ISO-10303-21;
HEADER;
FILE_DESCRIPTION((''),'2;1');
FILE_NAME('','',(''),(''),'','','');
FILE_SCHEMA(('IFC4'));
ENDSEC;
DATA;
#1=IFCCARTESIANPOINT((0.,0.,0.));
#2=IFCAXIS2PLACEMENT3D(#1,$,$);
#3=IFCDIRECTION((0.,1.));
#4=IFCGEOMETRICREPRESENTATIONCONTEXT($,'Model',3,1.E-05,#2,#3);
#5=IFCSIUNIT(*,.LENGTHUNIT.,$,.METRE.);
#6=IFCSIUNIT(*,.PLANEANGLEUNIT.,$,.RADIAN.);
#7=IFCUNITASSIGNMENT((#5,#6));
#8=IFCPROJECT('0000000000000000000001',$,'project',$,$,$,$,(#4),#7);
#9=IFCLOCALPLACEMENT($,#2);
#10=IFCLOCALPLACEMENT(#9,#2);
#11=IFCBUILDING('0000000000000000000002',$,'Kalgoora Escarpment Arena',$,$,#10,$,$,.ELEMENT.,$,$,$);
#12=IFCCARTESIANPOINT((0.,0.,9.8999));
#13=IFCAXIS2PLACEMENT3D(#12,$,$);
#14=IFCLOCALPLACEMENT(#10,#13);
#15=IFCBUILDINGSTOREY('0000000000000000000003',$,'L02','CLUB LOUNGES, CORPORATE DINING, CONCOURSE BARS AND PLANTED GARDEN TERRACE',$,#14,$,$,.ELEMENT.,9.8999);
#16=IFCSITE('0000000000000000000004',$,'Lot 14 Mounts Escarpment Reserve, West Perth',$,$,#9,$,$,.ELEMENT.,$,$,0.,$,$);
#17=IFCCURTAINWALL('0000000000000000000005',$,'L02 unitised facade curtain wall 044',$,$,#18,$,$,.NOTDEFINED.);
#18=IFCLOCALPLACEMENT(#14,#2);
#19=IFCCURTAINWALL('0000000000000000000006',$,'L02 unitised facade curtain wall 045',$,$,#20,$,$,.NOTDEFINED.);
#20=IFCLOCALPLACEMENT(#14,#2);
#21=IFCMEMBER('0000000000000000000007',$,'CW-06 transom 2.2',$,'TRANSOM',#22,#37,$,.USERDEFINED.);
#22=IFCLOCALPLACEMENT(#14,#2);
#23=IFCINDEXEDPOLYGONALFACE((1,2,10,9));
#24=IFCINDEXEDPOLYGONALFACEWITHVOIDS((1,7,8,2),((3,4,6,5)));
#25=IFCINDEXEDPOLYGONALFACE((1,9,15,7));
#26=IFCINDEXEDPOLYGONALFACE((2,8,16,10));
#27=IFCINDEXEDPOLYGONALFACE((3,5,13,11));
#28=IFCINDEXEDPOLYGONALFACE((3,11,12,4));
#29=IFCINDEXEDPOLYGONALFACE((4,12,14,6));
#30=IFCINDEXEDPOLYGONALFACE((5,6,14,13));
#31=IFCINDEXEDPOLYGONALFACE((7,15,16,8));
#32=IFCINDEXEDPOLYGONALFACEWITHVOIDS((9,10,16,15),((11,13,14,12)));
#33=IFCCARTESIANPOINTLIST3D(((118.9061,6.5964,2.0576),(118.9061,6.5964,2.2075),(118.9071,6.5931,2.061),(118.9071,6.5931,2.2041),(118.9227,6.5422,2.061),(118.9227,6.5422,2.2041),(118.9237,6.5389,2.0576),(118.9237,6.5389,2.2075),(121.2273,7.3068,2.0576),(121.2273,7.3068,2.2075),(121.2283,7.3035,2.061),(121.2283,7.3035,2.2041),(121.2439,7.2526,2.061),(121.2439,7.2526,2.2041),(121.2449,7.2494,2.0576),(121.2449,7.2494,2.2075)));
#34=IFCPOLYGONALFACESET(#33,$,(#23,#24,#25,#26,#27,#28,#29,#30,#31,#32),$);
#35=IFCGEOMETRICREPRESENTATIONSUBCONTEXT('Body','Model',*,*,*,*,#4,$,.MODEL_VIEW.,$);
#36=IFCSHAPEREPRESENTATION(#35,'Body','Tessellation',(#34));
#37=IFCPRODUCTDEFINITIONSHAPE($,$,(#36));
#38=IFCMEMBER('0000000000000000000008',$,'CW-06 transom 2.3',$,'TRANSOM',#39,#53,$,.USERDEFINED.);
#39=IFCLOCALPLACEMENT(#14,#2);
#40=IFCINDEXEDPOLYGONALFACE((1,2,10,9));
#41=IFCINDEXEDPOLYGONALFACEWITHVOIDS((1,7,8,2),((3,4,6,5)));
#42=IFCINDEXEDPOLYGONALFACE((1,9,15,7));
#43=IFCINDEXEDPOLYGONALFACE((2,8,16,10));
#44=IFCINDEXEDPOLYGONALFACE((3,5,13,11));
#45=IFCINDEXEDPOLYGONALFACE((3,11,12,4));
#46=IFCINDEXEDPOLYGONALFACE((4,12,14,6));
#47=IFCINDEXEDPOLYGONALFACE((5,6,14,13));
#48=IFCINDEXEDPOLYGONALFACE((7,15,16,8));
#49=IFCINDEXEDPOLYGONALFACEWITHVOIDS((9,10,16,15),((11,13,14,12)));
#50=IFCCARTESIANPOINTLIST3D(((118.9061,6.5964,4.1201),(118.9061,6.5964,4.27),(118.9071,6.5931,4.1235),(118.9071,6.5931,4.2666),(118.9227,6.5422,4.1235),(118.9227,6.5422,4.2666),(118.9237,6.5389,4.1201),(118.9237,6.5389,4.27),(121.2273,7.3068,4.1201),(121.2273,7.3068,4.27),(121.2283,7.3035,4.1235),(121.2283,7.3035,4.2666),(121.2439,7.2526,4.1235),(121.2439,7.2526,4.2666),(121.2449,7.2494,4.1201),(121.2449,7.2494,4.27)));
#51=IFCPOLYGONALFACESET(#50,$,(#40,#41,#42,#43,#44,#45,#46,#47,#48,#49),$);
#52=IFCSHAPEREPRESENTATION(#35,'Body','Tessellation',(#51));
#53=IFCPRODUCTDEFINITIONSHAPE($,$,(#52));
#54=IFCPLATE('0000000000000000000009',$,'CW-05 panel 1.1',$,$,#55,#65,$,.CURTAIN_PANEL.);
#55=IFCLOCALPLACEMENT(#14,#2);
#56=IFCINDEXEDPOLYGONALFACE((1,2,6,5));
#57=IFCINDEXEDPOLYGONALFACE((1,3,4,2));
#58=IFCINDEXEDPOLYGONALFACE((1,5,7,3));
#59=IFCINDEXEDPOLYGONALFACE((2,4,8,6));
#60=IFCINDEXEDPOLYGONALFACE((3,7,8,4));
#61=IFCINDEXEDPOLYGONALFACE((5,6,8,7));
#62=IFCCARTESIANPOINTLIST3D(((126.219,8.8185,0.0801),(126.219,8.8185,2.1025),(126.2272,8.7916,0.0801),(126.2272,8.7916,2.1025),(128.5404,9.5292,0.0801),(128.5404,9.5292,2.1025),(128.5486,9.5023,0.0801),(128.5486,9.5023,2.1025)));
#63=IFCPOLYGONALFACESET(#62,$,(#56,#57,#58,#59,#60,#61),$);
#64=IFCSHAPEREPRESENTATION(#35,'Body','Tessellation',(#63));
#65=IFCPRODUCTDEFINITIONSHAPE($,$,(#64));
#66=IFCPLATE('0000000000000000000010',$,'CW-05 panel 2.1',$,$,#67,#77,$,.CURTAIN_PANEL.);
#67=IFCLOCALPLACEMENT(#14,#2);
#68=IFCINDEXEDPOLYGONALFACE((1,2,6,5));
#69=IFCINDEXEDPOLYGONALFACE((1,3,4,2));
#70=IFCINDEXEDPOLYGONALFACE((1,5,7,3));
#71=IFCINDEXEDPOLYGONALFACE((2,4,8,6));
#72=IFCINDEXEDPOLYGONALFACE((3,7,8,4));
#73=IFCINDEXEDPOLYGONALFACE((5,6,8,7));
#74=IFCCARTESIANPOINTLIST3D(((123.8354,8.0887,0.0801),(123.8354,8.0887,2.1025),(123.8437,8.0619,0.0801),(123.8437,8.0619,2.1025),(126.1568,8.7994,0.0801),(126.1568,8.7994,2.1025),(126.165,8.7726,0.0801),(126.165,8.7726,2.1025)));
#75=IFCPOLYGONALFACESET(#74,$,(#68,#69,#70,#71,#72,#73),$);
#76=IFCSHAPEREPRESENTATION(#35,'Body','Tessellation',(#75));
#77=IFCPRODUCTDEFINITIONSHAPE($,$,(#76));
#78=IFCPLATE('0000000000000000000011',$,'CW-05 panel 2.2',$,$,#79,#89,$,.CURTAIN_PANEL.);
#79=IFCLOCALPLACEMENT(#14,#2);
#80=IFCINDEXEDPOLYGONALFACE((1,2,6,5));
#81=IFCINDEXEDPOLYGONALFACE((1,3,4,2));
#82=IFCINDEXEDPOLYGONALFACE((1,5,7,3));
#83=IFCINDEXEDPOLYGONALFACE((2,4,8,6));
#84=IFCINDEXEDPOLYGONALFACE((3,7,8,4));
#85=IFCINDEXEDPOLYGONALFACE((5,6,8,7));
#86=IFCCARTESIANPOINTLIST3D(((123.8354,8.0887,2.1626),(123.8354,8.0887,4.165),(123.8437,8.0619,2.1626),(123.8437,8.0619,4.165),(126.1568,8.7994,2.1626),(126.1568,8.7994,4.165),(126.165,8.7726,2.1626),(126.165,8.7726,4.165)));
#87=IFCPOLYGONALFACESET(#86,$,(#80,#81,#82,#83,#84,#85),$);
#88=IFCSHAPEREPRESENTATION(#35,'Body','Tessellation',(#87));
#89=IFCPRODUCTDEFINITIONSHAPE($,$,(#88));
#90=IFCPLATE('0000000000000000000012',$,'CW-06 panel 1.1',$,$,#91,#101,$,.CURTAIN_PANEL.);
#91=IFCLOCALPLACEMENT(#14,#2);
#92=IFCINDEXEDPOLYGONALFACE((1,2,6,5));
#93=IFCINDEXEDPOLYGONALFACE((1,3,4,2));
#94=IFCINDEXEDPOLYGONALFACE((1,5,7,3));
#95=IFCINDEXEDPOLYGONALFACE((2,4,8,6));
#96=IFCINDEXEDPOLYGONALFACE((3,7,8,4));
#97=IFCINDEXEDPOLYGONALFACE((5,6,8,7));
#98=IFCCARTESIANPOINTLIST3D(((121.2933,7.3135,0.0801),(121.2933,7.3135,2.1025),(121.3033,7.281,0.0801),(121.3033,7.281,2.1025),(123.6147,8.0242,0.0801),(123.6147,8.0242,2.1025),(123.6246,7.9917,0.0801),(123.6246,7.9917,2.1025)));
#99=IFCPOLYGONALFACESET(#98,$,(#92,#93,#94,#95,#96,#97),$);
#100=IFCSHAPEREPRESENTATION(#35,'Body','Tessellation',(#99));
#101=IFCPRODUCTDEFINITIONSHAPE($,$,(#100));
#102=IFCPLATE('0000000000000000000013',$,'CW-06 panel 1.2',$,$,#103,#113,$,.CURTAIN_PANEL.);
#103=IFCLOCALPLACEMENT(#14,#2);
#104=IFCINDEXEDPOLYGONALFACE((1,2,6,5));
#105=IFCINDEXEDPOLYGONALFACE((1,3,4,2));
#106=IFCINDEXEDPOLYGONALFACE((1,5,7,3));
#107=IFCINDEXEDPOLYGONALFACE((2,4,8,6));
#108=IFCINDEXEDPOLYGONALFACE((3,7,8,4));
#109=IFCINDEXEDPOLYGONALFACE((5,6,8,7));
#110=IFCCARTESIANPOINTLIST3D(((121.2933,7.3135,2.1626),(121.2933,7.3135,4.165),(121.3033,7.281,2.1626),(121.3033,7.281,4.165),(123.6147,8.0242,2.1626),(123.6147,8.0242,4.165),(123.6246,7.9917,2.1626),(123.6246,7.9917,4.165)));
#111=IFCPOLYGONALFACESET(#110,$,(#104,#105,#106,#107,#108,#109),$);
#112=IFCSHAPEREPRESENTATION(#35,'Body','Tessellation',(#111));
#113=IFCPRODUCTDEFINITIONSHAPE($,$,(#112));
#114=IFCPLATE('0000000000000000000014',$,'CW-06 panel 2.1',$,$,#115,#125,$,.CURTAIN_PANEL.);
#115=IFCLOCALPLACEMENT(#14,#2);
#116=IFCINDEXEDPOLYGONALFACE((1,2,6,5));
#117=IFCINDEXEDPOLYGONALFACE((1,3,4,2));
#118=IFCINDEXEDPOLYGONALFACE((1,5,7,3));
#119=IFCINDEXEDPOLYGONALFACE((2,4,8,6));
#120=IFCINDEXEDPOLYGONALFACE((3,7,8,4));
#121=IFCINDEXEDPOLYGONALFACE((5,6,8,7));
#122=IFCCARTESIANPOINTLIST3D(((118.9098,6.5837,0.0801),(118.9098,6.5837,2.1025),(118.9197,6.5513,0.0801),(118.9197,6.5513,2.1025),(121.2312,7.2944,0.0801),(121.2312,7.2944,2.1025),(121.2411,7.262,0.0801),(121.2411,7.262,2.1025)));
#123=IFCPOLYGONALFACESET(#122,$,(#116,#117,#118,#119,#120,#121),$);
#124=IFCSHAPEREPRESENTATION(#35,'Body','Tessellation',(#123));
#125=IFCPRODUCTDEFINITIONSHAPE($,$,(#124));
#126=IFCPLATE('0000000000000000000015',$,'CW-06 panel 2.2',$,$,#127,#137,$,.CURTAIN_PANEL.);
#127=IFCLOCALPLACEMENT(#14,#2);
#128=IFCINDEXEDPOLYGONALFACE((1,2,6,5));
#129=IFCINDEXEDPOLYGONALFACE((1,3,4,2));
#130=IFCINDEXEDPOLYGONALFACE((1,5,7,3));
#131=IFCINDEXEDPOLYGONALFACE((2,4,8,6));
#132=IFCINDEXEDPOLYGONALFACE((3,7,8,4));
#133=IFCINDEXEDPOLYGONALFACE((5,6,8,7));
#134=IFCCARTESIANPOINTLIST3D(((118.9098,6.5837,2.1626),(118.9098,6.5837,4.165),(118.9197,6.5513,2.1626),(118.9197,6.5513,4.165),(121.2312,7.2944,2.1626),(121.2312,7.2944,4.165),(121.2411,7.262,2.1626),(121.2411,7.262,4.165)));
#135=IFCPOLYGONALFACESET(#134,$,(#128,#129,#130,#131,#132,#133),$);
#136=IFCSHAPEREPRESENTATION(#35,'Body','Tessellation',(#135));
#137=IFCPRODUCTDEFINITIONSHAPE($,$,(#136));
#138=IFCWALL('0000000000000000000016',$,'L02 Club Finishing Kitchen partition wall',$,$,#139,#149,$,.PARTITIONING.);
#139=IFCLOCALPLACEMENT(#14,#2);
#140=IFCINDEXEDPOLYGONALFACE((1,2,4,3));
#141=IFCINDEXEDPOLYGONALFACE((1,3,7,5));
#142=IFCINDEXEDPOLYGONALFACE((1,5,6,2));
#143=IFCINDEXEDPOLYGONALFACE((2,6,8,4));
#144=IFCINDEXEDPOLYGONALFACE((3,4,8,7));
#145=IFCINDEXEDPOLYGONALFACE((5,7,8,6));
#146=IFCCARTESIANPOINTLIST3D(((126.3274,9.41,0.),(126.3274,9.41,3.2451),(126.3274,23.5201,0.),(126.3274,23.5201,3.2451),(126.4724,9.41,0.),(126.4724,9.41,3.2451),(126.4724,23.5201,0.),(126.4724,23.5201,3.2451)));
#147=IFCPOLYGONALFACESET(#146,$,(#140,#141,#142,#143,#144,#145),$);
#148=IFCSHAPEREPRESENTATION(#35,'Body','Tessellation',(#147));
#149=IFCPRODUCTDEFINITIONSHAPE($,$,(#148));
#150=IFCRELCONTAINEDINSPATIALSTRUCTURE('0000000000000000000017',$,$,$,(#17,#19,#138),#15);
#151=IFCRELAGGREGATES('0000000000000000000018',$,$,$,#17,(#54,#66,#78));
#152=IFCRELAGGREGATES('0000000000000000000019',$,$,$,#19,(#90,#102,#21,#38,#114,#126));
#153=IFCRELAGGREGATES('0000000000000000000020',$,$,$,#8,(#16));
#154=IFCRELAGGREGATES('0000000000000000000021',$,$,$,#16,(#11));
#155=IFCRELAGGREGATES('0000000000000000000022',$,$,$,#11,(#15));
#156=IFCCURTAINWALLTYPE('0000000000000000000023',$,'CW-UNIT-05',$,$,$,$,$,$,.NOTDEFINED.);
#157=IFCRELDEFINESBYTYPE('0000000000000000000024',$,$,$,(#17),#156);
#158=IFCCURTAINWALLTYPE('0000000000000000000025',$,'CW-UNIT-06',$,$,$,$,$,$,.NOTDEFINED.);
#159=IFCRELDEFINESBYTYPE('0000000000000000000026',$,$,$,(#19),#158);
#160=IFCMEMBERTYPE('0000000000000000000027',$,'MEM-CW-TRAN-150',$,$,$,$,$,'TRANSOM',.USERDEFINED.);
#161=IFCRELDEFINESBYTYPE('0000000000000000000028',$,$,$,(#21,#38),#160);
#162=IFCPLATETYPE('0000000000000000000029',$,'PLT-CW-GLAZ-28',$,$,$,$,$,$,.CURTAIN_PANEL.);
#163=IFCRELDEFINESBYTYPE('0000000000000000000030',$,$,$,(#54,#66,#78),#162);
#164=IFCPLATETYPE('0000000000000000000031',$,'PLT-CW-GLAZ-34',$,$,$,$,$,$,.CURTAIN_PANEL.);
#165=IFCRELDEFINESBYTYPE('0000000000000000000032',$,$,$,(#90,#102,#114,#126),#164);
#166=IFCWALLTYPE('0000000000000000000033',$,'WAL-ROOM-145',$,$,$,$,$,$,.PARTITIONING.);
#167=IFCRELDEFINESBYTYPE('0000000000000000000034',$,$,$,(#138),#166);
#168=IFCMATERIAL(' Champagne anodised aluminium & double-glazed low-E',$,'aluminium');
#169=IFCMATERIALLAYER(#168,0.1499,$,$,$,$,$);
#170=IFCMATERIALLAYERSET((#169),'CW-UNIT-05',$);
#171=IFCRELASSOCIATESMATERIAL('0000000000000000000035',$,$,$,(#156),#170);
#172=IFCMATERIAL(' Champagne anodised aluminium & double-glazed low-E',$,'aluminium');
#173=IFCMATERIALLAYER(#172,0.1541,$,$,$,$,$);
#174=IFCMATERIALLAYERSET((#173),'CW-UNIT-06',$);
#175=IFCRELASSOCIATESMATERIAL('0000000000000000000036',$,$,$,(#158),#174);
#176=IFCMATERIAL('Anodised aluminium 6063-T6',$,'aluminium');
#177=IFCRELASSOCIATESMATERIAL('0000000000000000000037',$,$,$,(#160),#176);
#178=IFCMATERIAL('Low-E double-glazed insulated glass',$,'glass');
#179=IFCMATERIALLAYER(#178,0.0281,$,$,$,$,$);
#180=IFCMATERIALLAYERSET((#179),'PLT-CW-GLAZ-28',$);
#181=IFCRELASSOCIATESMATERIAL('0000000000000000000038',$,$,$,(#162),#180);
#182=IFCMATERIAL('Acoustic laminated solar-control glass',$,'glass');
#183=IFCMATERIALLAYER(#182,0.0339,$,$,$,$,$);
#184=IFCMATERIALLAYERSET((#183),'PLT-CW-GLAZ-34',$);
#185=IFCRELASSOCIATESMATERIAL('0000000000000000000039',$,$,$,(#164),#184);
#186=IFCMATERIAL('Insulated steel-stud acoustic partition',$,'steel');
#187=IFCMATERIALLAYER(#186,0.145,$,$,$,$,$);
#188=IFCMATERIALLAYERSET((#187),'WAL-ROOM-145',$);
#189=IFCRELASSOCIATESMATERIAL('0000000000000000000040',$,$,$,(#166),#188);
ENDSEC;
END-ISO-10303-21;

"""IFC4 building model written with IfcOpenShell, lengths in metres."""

from ifc_helpers import new_model, si_unit, direction, frame, frame_2d, origin, origin_2d, place, context, subcontext, project, spatial, rectangle, hollow_rectangle, extrude, material, layer, layer_set, material_profile, profile_set, type_object, element, aggregate, save


model = new_model("IFC4")

# Units and contexts
model_context = context("Model", 3, precision=1e-05, world=origin(), true_north=direction((0.0, 1.0)))
body_context = subcontext(model_context, "Body", "Model", "MODEL_VIEW")
ifc_project = project(units=[si_unit("LENGTHUNIT", "METRE"), si_unit("PLANEANGLEUNIT", "RADIAN")], contexts=[model_context])

# Site, building, storey
site_placement = place(None, origin())
site = spatial("IfcSite", under=ifc_project, at=site_placement, Name="Lot 14 Mounts Escarpment Reserve, West Perth", CompositionType="ELEMENT", RefElevation=0.0)
building_placement = place(site_placement, origin())
building = spatial("IfcBuilding", under=site, at=building_placement, Name="Kalgoora Escarpment Arena", CompositionType="ELEMENT")
storey_placement = place(building_placement, frame((0.0, 0.0, 9.8999)))
storey = spatial("IfcBuildingStorey", under=building, at=storey_placement, Name="L02", Description="CLUB LOUNGES, CORPORATE DINING, CONCOURSE BARS AND PLANTED GARDEN TERRACE", CompositionType="ELEMENT", Elevation=9.8999)

# Curtain walls
ifc_material_1 = material(Name=" Champagne anodised aluminium & double-glazed low-E", Category="aluminium")
ifc_layer_1 = layer(ifc_material_1, 0.1499)
ifc_layer_set_1 = layer_set([ifc_layer_1], Name="CW-UNIT-05")
curtain_wall_type_1 = type_object("IfcCurtainWallType", Name="CW-UNIT-05", PredefinedType="NOTDEFINED", material=ifc_layer_set_1)
curtain_wall_1_placement = place(storey_placement, origin())
curtain_wall_1 = element("IfcCurtainWall", 1, at=curtain_wall_1_placement, inside=storey, type_object=curtain_wall_type_1, Name="L02 unitised facade curtain wall 044", PredefinedType="NOTDEFINED")
ifc_material_2 = material(Name=" Champagne anodised aluminium & double-glazed low-E", Category="aluminium")
ifc_layer_2 = layer(ifc_material_2, 0.1541)
ifc_layer_set_2 = layer_set([ifc_layer_2], Name="CW-UNIT-06")
curtain_wall_type_2 = type_object("IfcCurtainWallType", Name="CW-UNIT-06", PredefinedType="NOTDEFINED", material=ifc_layer_set_2)
curtain_wall_2_placement = place(storey_placement, origin())
curtain_wall_2 = element("IfcCurtainWall", 2, at=curtain_wall_2_placement, inside=storey, type_object=curtain_wall_type_2, Name="L02 unitised facade curtain wall 045", PredefinedType="NOTDEFINED")

# Members
ifc_material_3 = material(Name="Anodised aluminium 6063-T6", Category="aluminium")
ifc_material_profile_1 = material_profile(ifc_material_3, hollow_rectangle(XDim=0.0601, YDim=0.1499, WallThickness=0.0034, at=origin_2d()))
ifc_profile_set_1 = profile_set([ifc_material_profile_1], Name="Anodised aluminium 6063-T6")
member_type_1 = type_object("IfcMemberType", Name="MEM-CW-TRAN-150", ElementType="TRANSOM", PredefinedType="USERDEFINED", material=ifc_profile_set_1)
member_1_placement = place(storey_placement, frame((121.2361, 7.2781, 2.1326), z_axis=(-0.956217, -0.292658, 0.0), x_axis=(0.292658, -0.956217, 0.0)))
member_1 = element("IfcMember", 3, at=member_1_placement, type_object=member_type_1, Name="CW-06 transom 2.2", ObjectType="TRANSOM", PredefinedType="USERDEFINED", context=body_context, shape_type="SweptSolid", body=[
    extrude(hollow_rectangle(XDim=0.0601, YDim=0.1499, WallThickness=0.0034, at=origin_2d()), origin(), (0.0, 0.0, 1.0), 2.4275),
])
member_2_placement = place(storey_placement, frame((121.2361, 7.2781, 4.1951), z_axis=(-0.956217, -0.292658, 0.0), x_axis=(0.292658, -0.956217, 0.0)))
member_2 = element("IfcMember", 4, at=member_2_placement, type_object=member_type_1, Name="CW-06 transom 2.3", ObjectType="TRANSOM", PredefinedType="USERDEFINED", context=body_context, shape_type="SweptSolid", body=[
    extrude(hollow_rectangle(XDim=0.0601, YDim=0.1499, WallThickness=0.0034, at=origin_2d()), origin(), (0.0, 0.0, 1.0), 2.4275),
])

# Plates
ifc_material_4 = material(Name="Low-E double-glazed insulated glass", Category="glass")
ifc_layer_3 = layer(ifc_material_4, 0.0281)
ifc_layer_set_3 = layer_set([ifc_layer_3], Name="PLT-CW-GLAZ-28")
plate_type_1 = type_object("IfcPlateType", Name="PLT-CW-GLAZ-28", PredefinedType="CURTAIN_PANEL", material=ifc_layer_set_3)
plate_1_placement = place(storey_placement, frame((127.3838, 9.1604, 0.0801), z_axis=(0.0, 0.0, 1.0), x_axis=(-0.956189, -0.292751, 0.0)))
plate_1 = element("IfcPlate", 5, at=plate_1_placement, type_object=plate_type_1, Name="CW-05 panel 1.1", PredefinedType="CURTAIN_PANEL", context=body_context, shape_type="SweptSolid", body=[
    extrude(rectangle(XDim=2.4277, YDim=0.0281, at=origin_2d()), origin(), (0.0, 0.0, 1.0), 2.0225),
])
plate_2_placement = place(storey_placement, frame((125.0002, 8.4307, 0.0801), z_axis=(0.0, 0.0, 1.0), x_axis=(-0.956189, -0.292751, 0.0)))
plate_2 = element("IfcPlate", 6, at=plate_2_placement, type_object=plate_type_1, Name="CW-05 panel 2.1", PredefinedType="CURTAIN_PANEL", context=body_context, shape_type="SweptSolid", body=[
    extrude(rectangle(XDim=2.4277, YDim=0.0281, at=origin_2d()), origin(), (0.0, 0.0, 1.0), 2.0225),
])
plate_3_placement = place(storey_placement, frame((125.0002, 8.4307, 2.1626), z_axis=(0.0, 0.0, 1.0), x_axis=(-0.956189, -0.292751, 0.0)))
plate_3 = element("IfcPlate", 7, at=plate_3_placement, type_object=plate_type_1, Name="CW-05 panel 2.2", PredefinedType="CURTAIN_PANEL", context=body_context, shape_type="SweptSolid", body=[
    extrude(rectangle(XDim=2.4277, YDim=0.0281, at=origin_2d()), origin(), (0.0, 0.0, 1.0), 2.0024),
])
aggregate(curtain_wall_1, [plate_1, plate_2, plate_3])
ifc_material_5 = material(Name="Acoustic laminated solar-control glass", Category="glass")
ifc_layer_4 = layer(ifc_material_5, 0.0339)
ifc_layer_set_4 = layer_set([ifc_layer_4], Name="PLT-CW-GLAZ-34")
plate_type_2 = type_object("IfcPlateType", Name="PLT-CW-GLAZ-34", PredefinedType="CURTAIN_PANEL", material=ifc_layer_set_4)
plate_4_placement = place(storey_placement, frame((122.459, 7.6526, 0.0801), z_axis=(0.0, 0.0, 1.0), x_axis=(-0.956194, -0.292733, 0.0)))
plate_4 = element("IfcPlate", 8, at=plate_4_placement, type_object=plate_type_2, Name="CW-06 panel 1.1", PredefinedType="CURTAIN_PANEL", context=body_context, shape_type="SweptSolid", body=[
    extrude(rectangle(XDim=2.4277, YDim=0.0339, at=origin_2d()), origin(), (0.0, 0.0, 1.0), 2.0225),
])
plate_5_placement = place(storey_placement, frame((122.459, 7.6526, 2.1626), z_axis=(0.0, 0.0, 1.0), x_axis=(-0.956194, -0.292733, 0.0)))
plate_5 = element("IfcPlate", 9, at=plate_5_placement, type_object=plate_type_2, Name="CW-06 panel 1.2", PredefinedType="CURTAIN_PANEL", context=body_context, shape_type="SweptSolid", body=[
    extrude(rectangle(XDim=2.4277, YDim=0.0339, at=origin_2d()), origin(), (0.0, 0.0, 1.0), 2.0024),
])
plate_6_placement = place(storey_placement, frame((120.0754, 6.9229, 0.0801), z_axis=(0.0, 0.0, 1.0), x_axis=(-0.956194, -0.292733, 0.0)))
plate_6 = element("IfcPlate", 10, at=plate_6_placement, type_object=plate_type_2, Name="CW-06 panel 2.1", PredefinedType="CURTAIN_PANEL", context=body_context, shape_type="SweptSolid", body=[
    extrude(rectangle(XDim=2.4277, YDim=0.0339, at=origin_2d()), origin(), (0.0, 0.0, 1.0), 2.0225),
])
plate_7_placement = place(storey_placement, frame((120.0754, 6.9229, 2.1626), z_axis=(0.0, 0.0, 1.0), x_axis=(-0.956194, -0.292733, 0.0)))
plate_7 = element("IfcPlate", 11, at=plate_7_placement, type_object=plate_type_2, Name="CW-06 panel 2.2", PredefinedType="CURTAIN_PANEL", context=body_context, shape_type="SweptSolid", body=[
    extrude(rectangle(XDim=2.4277, YDim=0.0339, at=origin_2d()), origin(), (0.0, 0.0, 1.0), 2.0024),
])
aggregate(curtain_wall_2, [plate_4, plate_5, member_1, member_2, plate_6, plate_7])

# Wall
ifc_material_6 = material(Name="Insulated steel-stud acoustic partition", Category="steel")
ifc_layer_5 = layer(ifc_material_6, 0.145)
ifc_layer_set_5 = layer_set([ifc_layer_5], Name="WAL-ROOM-145")
wall_type = type_object("IfcWallType", Name="WAL-ROOM-145", PredefinedType="PARTITIONING", material=ifc_layer_set_5)
wall_placement = place(storey_placement, frame((126.3999, 9.4099, 0.0), z_axis=(0.0, 0.0, 1.0), x_axis=(0.0, 1.0, 0.0)))
element("IfcWall", 12, at=wall_placement, inside=storey, type_object=wall_type, Name="L02 Club Finishing Kitchen partition wall", PredefinedType="PARTITIONING", context=body_context, shape_type="SweptSolid", body=[
    extrude(rectangle(XDim=14.1101, YDim=0.145, at=frame_2d((7.0552, 0.0))), origin(), (0.0, 0.0, 1.0), 3.2451),
])

save(model, "model.ifc")
